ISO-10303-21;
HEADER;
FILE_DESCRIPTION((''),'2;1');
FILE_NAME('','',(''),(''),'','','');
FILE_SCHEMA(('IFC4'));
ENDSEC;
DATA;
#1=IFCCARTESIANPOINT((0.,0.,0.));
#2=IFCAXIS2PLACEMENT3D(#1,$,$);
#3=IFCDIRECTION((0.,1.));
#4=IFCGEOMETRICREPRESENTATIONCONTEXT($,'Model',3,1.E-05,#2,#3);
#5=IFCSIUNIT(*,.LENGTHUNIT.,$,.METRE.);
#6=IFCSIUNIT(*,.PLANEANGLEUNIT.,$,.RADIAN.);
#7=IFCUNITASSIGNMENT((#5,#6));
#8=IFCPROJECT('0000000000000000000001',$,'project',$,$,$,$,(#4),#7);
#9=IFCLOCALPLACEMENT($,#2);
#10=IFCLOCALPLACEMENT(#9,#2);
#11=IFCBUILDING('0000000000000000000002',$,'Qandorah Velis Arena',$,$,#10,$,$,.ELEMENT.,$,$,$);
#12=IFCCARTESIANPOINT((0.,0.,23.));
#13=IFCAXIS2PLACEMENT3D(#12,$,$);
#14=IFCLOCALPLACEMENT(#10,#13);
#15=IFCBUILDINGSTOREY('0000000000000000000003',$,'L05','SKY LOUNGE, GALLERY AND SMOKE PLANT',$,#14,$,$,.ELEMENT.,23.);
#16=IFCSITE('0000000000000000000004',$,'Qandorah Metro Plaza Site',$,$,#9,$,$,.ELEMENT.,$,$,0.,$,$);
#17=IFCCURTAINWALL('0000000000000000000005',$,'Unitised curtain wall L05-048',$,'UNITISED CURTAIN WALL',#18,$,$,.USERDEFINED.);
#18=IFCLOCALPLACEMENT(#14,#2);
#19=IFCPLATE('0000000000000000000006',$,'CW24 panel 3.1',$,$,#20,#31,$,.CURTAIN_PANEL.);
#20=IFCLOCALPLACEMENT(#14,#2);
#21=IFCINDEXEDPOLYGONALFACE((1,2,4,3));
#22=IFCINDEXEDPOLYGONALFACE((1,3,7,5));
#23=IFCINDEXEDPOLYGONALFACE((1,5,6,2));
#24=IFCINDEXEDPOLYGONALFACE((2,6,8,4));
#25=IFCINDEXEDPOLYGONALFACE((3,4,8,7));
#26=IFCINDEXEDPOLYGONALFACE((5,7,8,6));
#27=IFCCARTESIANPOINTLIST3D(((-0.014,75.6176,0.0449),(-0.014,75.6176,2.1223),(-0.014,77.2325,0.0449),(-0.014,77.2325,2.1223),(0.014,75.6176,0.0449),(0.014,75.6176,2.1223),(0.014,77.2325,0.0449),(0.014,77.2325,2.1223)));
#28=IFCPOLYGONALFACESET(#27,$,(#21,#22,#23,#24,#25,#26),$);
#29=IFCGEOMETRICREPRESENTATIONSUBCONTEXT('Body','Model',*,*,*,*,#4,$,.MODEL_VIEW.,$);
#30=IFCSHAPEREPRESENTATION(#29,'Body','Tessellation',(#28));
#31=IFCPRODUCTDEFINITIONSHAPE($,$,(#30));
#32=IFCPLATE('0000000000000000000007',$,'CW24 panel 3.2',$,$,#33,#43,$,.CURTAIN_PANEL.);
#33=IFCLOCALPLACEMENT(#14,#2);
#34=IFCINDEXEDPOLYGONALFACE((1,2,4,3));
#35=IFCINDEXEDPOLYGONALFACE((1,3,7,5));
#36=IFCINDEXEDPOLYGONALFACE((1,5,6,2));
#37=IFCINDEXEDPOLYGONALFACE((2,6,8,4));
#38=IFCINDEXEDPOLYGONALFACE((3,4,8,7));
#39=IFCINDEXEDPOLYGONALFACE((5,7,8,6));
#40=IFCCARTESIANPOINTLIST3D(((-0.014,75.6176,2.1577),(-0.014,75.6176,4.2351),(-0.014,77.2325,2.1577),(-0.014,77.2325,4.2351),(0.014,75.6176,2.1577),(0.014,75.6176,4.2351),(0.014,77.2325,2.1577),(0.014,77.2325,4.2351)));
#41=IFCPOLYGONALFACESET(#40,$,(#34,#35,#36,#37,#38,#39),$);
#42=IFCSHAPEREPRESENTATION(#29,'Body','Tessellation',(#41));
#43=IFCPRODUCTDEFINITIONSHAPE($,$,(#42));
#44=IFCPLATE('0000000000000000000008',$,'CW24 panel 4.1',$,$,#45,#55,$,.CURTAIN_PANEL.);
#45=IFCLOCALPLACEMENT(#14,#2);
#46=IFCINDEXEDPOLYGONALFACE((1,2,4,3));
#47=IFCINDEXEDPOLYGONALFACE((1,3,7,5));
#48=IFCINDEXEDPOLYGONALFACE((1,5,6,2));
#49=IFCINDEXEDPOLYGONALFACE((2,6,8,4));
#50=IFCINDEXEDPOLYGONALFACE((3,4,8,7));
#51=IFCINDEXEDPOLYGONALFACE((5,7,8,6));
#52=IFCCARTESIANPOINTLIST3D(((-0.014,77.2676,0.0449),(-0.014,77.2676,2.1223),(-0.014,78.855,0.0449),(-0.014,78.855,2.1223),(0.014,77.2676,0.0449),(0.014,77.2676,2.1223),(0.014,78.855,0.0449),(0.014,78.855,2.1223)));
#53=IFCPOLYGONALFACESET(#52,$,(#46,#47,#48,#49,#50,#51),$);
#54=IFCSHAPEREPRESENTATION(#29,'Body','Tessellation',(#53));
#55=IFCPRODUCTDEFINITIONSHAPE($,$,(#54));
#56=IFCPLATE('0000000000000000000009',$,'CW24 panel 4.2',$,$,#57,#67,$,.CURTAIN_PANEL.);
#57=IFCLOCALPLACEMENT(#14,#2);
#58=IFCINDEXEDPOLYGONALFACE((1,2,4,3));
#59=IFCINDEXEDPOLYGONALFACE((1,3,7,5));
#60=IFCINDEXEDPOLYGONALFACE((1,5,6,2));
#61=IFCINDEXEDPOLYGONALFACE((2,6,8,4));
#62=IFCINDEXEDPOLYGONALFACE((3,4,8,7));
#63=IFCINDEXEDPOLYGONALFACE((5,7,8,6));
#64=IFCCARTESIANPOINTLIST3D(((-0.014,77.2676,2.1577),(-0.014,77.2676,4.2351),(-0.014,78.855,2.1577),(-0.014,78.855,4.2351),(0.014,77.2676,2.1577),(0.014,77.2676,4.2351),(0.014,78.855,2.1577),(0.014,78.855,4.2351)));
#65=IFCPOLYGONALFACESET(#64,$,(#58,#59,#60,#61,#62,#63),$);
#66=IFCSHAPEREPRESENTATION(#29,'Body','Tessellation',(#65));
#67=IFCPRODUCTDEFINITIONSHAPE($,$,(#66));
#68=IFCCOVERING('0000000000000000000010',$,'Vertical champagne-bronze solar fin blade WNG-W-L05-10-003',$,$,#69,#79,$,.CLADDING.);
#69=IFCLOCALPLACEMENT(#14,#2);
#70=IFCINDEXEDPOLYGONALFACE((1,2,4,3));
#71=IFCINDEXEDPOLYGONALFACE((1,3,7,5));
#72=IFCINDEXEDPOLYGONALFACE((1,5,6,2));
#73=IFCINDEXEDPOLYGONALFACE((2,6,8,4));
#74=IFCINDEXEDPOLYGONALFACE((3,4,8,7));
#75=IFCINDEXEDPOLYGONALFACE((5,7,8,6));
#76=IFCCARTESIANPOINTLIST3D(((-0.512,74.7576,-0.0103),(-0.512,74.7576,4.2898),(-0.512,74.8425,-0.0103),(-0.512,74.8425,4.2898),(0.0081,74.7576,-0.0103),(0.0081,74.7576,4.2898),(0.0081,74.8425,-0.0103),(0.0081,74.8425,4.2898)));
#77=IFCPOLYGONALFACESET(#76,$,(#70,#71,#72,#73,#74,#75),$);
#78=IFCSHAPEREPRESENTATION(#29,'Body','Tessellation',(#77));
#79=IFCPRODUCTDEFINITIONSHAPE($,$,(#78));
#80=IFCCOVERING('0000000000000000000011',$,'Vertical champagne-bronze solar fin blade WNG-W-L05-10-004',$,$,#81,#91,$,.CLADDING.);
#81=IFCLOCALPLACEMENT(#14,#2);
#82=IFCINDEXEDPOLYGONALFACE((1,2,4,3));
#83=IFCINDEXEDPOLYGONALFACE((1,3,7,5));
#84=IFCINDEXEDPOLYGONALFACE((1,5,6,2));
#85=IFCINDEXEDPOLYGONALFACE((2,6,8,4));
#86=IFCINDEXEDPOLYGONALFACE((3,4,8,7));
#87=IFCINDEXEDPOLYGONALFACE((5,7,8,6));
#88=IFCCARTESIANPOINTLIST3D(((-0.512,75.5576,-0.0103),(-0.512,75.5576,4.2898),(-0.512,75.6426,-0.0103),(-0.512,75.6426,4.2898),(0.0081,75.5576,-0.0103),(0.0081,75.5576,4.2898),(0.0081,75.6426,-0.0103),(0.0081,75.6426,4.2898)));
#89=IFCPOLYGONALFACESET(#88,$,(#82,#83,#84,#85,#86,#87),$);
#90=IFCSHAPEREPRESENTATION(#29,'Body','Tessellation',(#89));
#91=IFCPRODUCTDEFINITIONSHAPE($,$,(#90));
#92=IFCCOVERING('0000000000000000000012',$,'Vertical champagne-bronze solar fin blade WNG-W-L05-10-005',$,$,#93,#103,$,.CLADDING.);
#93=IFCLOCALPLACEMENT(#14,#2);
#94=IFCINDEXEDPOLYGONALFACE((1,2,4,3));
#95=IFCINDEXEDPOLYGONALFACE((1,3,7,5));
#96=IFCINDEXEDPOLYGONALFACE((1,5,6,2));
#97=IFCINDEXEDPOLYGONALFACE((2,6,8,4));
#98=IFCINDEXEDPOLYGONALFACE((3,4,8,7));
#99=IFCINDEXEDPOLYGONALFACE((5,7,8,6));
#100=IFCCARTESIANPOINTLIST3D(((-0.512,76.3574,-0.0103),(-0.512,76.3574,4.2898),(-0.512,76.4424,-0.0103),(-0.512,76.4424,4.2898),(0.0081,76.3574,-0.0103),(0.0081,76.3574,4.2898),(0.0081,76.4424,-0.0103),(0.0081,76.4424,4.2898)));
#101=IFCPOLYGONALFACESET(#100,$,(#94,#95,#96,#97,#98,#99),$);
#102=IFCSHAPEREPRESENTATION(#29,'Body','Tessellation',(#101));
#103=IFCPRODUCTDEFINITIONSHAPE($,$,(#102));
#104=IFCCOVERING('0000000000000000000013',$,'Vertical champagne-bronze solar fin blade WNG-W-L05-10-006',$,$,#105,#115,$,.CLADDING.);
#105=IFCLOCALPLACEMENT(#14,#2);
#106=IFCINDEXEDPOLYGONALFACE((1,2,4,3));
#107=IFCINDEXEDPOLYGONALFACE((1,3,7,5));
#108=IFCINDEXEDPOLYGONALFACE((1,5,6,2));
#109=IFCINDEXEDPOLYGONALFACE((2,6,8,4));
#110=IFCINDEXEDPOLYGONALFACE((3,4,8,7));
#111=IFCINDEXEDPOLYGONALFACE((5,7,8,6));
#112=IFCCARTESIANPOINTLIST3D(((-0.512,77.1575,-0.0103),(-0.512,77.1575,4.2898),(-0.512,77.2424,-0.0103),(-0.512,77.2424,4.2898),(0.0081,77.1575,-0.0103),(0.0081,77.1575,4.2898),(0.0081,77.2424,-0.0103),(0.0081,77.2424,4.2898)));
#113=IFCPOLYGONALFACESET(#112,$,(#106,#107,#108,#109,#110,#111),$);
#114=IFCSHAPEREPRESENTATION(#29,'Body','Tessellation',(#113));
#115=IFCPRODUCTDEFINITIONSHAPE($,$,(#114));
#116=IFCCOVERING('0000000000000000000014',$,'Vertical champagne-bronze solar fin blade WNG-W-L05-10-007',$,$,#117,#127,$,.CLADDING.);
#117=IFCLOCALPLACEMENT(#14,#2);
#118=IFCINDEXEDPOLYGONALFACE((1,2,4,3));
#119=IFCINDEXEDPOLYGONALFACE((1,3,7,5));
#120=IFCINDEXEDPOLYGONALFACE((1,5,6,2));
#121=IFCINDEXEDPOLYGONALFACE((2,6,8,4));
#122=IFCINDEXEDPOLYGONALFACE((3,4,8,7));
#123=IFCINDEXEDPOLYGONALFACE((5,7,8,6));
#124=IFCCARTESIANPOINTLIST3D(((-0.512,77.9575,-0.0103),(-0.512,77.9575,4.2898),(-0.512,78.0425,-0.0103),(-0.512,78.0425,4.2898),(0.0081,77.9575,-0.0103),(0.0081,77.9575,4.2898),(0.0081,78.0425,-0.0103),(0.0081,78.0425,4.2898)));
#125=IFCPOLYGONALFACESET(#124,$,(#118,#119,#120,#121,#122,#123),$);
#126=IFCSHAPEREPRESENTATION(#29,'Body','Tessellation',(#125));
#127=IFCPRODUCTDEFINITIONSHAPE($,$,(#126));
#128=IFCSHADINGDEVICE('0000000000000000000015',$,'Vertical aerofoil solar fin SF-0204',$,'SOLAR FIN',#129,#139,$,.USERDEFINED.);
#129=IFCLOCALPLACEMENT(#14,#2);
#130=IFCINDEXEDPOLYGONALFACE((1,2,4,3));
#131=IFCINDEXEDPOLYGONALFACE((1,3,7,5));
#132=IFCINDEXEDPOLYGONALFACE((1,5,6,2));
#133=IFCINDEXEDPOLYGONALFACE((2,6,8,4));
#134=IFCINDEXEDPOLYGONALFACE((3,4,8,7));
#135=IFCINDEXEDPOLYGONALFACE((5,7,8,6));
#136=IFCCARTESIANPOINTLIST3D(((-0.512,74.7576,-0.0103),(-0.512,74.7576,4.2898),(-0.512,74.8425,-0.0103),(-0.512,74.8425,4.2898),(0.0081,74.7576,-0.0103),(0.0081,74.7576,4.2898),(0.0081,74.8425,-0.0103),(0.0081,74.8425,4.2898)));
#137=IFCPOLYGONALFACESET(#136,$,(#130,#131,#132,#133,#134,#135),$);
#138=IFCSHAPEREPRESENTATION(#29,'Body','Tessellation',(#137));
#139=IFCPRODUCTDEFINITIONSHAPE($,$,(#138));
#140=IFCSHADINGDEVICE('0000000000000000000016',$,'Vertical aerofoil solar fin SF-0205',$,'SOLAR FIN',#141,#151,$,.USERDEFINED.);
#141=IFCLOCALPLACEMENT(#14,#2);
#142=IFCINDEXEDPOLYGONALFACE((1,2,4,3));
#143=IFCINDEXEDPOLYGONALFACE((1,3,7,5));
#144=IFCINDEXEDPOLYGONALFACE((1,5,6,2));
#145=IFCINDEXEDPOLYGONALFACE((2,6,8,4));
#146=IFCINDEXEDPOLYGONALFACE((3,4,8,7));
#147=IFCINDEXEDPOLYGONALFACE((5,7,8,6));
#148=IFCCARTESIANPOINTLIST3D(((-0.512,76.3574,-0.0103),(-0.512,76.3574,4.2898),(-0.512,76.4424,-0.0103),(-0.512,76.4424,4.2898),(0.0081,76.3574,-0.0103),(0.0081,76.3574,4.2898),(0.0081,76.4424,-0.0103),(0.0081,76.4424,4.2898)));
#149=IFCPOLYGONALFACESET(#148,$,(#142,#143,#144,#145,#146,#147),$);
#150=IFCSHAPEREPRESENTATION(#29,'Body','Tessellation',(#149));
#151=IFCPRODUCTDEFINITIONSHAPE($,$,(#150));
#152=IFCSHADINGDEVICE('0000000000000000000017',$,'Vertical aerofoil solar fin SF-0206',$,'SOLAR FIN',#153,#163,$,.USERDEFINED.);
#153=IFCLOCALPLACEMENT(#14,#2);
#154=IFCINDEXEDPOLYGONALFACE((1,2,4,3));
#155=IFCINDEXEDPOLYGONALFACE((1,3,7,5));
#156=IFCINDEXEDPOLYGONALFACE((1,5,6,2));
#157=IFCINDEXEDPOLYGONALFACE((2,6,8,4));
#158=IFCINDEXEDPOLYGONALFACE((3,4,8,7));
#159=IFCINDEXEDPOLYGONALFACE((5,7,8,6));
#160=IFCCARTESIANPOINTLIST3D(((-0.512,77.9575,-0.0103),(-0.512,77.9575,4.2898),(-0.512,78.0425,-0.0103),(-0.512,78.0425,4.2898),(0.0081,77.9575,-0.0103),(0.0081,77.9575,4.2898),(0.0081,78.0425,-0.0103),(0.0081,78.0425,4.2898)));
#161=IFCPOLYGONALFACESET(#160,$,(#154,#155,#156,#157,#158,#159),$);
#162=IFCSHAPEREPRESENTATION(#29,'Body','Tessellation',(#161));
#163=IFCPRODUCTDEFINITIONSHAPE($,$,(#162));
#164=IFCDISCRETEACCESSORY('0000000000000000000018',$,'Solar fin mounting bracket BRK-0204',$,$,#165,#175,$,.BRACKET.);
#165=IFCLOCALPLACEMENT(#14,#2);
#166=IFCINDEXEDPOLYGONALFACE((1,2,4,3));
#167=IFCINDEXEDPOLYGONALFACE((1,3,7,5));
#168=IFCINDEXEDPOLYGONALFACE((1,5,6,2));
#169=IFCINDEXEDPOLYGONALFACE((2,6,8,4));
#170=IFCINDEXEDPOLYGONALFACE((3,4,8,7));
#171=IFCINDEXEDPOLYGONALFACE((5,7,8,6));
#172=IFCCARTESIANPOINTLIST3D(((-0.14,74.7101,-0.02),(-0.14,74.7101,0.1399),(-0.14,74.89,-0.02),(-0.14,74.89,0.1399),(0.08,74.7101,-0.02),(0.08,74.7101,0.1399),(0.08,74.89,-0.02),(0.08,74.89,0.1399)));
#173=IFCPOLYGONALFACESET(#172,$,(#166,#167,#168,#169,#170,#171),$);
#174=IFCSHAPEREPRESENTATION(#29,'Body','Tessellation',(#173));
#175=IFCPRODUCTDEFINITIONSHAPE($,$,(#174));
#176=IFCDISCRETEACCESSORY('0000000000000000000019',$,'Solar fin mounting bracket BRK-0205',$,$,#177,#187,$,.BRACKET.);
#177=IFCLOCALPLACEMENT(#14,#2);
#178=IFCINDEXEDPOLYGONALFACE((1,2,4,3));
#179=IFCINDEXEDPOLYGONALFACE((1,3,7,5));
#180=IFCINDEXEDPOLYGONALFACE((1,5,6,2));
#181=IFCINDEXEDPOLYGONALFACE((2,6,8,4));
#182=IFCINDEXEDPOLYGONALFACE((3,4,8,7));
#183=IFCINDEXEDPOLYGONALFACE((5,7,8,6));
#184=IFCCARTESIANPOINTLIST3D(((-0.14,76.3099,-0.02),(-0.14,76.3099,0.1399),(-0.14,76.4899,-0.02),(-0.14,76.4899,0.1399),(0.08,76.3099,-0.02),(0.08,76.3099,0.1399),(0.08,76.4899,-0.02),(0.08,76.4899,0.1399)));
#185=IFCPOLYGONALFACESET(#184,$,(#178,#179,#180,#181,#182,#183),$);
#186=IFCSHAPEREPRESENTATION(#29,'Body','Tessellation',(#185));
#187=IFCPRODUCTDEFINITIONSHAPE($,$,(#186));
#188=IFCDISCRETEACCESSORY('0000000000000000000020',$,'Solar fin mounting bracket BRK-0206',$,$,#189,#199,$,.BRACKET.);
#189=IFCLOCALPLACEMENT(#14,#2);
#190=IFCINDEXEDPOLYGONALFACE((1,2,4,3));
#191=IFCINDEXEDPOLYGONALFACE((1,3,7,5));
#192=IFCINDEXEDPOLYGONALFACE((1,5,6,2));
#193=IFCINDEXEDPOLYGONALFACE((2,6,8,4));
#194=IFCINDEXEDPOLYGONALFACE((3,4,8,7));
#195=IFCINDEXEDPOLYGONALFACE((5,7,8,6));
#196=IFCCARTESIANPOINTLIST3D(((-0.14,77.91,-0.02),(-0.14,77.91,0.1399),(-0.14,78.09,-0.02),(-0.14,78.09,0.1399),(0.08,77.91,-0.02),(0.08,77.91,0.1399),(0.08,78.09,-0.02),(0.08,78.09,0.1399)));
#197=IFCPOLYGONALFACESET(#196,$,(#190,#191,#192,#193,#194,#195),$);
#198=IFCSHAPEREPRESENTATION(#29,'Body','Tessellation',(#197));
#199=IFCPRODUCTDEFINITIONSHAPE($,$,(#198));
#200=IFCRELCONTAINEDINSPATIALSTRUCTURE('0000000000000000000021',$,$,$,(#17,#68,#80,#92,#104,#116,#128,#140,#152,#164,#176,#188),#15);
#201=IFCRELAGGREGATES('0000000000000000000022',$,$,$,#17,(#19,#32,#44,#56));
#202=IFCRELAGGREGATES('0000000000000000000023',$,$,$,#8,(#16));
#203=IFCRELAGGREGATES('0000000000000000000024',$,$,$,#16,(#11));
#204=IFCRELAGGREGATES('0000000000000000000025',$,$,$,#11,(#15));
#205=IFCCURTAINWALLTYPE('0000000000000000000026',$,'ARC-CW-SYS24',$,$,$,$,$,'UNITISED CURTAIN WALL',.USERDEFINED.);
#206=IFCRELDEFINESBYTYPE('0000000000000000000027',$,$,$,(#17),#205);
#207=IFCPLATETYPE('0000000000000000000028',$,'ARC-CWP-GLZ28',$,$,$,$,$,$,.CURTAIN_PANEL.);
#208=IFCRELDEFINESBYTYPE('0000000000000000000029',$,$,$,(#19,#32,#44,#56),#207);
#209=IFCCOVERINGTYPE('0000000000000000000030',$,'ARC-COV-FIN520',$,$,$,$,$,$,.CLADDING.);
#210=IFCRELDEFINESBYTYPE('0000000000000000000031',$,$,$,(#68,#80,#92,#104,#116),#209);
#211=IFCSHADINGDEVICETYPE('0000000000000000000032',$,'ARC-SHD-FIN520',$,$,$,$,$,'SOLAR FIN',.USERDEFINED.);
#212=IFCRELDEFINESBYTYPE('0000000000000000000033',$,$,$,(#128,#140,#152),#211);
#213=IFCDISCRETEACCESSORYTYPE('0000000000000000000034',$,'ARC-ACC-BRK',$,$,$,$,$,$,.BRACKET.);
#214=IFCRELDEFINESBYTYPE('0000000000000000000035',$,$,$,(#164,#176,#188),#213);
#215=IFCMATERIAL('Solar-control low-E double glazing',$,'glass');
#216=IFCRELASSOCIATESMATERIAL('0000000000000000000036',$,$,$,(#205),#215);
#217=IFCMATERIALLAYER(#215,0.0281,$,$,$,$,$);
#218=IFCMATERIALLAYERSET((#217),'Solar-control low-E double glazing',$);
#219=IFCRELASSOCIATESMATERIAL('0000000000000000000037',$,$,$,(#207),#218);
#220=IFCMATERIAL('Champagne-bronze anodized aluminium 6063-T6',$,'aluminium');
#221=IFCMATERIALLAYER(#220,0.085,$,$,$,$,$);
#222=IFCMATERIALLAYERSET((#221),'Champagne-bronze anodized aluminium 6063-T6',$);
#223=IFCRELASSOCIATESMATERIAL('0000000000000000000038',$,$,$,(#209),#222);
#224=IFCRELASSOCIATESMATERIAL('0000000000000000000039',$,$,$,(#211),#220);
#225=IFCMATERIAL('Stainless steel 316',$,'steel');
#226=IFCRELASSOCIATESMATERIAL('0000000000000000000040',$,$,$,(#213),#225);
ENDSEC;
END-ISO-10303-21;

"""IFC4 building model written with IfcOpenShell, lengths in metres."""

from ifc_helpers import new_model, si_unit, direction, frame, origin, origin_2d, place, context, subcontext, project, spatial, rectangle, extrude, material, layer, layer_set, type_object, element, aggregate, save


model = new_model("IFC4")

# Units and contexts
model_context = context("Model", 3, precision=1e-05, world=origin(), true_north=direction((0.0, 1.0)))
body_context = subcontext(model_context, "Body", "Model", "MODEL_VIEW")
ifc_project = project(units=[si_unit("LENGTHUNIT", "METRE"), si_unit("PLANEANGLEUNIT", "RADIAN")], contexts=[model_context])

# Site, building, storey
site_placement = place(None, origin())
site = spatial("IfcSite", under=ifc_project, at=site_placement, Name="Qandorah Metro Plaza Site", CompositionType="ELEMENT", RefElevation=0.0)
building_placement = place(site_placement, origin())
building = spatial("IfcBuilding", under=site, at=building_placement, Name="Qandorah Velis Arena", CompositionType="ELEMENT")
storey_placement = place(building_placement, frame((0.0, 0.0, 23.0)))
storey = spatial("IfcBuildingStorey", under=building, at=storey_placement, Name="L05", Description="SKY LOUNGE, GALLERY AND SMOKE PLANT", CompositionType="ELEMENT", Elevation=23.0)

# Curtain wall, plates
ifc_material_1 = material(Name="Solar-control low-E double glazing", Category="glass")
curtain_wall_type = type_object("IfcCurtainWallType", Name="ARC-CW-SYS24", ElementType="UNITISED CURTAIN WALL", PredefinedType="USERDEFINED", material=ifc_material_1)
curtain_wall_placement = place(storey_placement, origin())
curtain_wall = element("IfcCurtainWall", 1, at=curtain_wall_placement, inside=storey, type_object=curtain_wall_type, Name="Unitised curtain wall L05-048", ObjectType="UNITISED CURTAIN WALL", PredefinedType="USERDEFINED")
ifc_material_2 = material(Name="Champagne-bronze anodized aluminium 6063-T6", Category="aluminium")
ifc_layer_1 = layer(ifc_material_1, 0.0281)
ifc_layer_set_1 = layer_set([ifc_layer_1], Name="Solar-control low-E double glazing")
plate_type = type_object("IfcPlateType", Name="ARC-CWP-GLZ28", PredefinedType="CURTAIN_PANEL", material=ifc_layer_set_1)
plate_1_placement = place(storey_placement, frame((0.0, 76.425, 0.0449), z_axis=(0.0, 0.0, 1.0), x_axis=(0.0, 1.0, 0.0)))
plate_1 = element("IfcPlate", 2, at=plate_1_placement, type_object=plate_type, Name="CW24 panel 3.1", PredefinedType="CURTAIN_PANEL", context=body_context, shape_type="SweptSolid", body=[
    extrude(rectangle(XDim=1.615, YDim=0.0281, at=origin_2d()), origin(), (0.0, 0.0, 1.0), 2.0774),
])
plate_2_placement = place(storey_placement, frame((0.0, 76.425, 2.1577), z_axis=(0.0, 0.0, 1.0), x_axis=(0.0, 1.0, 0.0)))
plate_2 = element("IfcPlate", 3, at=plate_2_placement, type_object=plate_type, Name="CW24 panel 3.2", PredefinedType="CURTAIN_PANEL", context=body_context, shape_type="SweptSolid", body=[
    extrude(rectangle(XDim=1.615, YDim=0.0281, at=origin_2d()), origin(), (0.0, 0.0, 1.0), 2.0774),
])
plate_3_placement = place(storey_placement, frame((0.0, 78.0613, 0.0449), z_axis=(0.0, 0.0, 1.0), x_axis=(0.0, 1.0, 0.0)))
plate_3 = element("IfcPlate", 4, at=plate_3_placement, type_object=plate_type, Name="CW24 panel 4.1", PredefinedType="CURTAIN_PANEL", context=body_context, shape_type="SweptSolid", body=[
    extrude(rectangle(XDim=1.5874, YDim=0.0281, at=origin_2d()), origin(), (0.0, 0.0, 1.0), 2.0774),
])
plate_4_placement = place(storey_placement, frame((0.0, 78.0613, 2.1577), z_axis=(0.0, 0.0, 1.0), x_axis=(0.0, 1.0, 0.0)))
plate_4 = element("IfcPlate", 5, at=plate_4_placement, type_object=plate_type, Name="CW24 panel 4.2", PredefinedType="CURTAIN_PANEL", context=body_context, shape_type="SweptSolid", body=[
    extrude(rectangle(XDim=1.5874, YDim=0.0281, at=origin_2d()), origin(), (0.0, 0.0, 1.0), 2.0774),
])
aggregate(curtain_wall, [plate_1, plate_2, plate_3, plate_4])

# Coverings
ifc_layer_2 = layer(ifc_material_2, 0.085)
ifc_layer_set_2 = layer_set([ifc_layer_2], Name="Champagne-bronze anodized aluminium 6063-T6")
covering_type = type_object("IfcCoveringType", Name="ARC-COV-FIN520", PredefinedType="CLADDING", material=ifc_layer_set_2)
for number, where, z_axis, x_axis, name in (
    (6, (-0.252, 74.8, -0.0103), (0.0, 0.0, 1.0), (1.0, 0.0, 0.0), "Vertical champagne-bronze solar fin blade WNG-W-L05-10-003"),
    (7, (-0.252, 75.6001, -0.0103), (0.0, 0.0, 1.0), (1.0, 0.0, 0.0), "Vertical champagne-bronze solar fin blade WNG-W-L05-10-004"),
    (8, (-0.252, 76.3999, -0.0103), (0.0, 0.0, 1.0), (1.0, 0.0, 0.0), "Vertical champagne-bronze solar fin blade WNG-W-L05-10-005"),
    (9, (-0.252, 77.2, -0.0103), (0.0, 0.0, 1.0), (1.0, 0.0, 0.0), "Vertical champagne-bronze solar fin blade WNG-W-L05-10-006"),
    (10, (-0.252, 78.0, -0.0103), (0.0, 0.0, 1.0), (1.0, 0.0, 0.0), "Vertical champagne-bronze solar fin blade WNG-W-L05-10-007"),
):
    element("IfcCovering", number, at=place(storey_placement, frame(where, z_axis=z_axis, x_axis=x_axis)), inside=storey, type_object=covering_type, Name=name, PredefinedType="CLADDING", context=body_context, shape_type="SweptSolid", body=[
        extrude(rectangle(XDim=0.52, YDim=0.085, at=origin_2d()), origin(), (0.0, 0.0, 1.0), 4.3),
    ])

# Shading devices
shading_device_type = type_object("IfcShadingDeviceType", Name="ARC-SHD-FIN520", ElementType="SOLAR FIN", PredefinedType="USERDEFINED", material=ifc_material_2)
for number, where, z_axis, x_axis, name in (
    (11, (-0.252, 74.8, -0.0103), (0.0, 0.0, 1.0), (1.0, 0.0, 0.0), "Vertical aerofoil solar fin SF-0204"),
    (12, (-0.252, 76.3999, -0.0103), (0.0, 0.0, 1.0), (1.0, 0.0, 0.0), "Vertical aerofoil solar fin SF-0205"),
    (13, (-0.252, 78.0, -0.0103), (0.0, 0.0, 1.0), (1.0, 0.0, 0.0), "Vertical aerofoil solar fin SF-0206"),
):
    element("IfcShadingDevice", number, at=place(storey_placement, frame(where, z_axis=z_axis, x_axis=x_axis)), inside=storey, type_object=shading_device_type, Name=name, ObjectType="SOLAR FIN", PredefinedType="USERDEFINED", context=body_context, shape_type="SweptSolid", body=[
        extrude(rectangle(XDim=0.52, YDim=0.085, at=origin_2d()), origin(), (0.0, 0.0, 1.0), 4.3),
    ])

# Discrete accessories
ifc_material_3 = material(Name="Stainless steel 316", Category="steel")
discrete_accessory_type = type_object("IfcDiscreteAccessoryType", Name="ARC-ACC-BRK", PredefinedType="BRACKET", material=ifc_material_3)
for number, where, z_axis, x_axis, name in (
    (14, (-0.03, 74.8, -0.02), (0.0, 0.0, 1.0), (1.0, 0.0, 0.0), "Solar fin mounting bracket BRK-0204"),
    (15, (-0.03, 76.3999, -0.02), (0.0, 0.0, 1.0), (1.0, 0.0, 0.0), "Solar fin mounting bracket BRK-0205"),
    (16, (-0.03, 78.0, -0.02), (0.0, 0.0, 1.0), (1.0, 0.0, 0.0), "Solar fin mounting bracket BRK-0206"),
):
    element("IfcDiscreteAccessory", number, at=place(storey_placement, frame(where, z_axis=z_axis, x_axis=x_axis)), inside=storey, type_object=discrete_accessory_type, Name=name, PredefinedType="BRACKET", context=body_context, shape_type="SweptSolid", body=[
        extrude(rectangle(XDim=0.22, YDim=0.1799, at=origin_2d()), origin(), (0.0, 0.0, 1.0), 0.1599),
    ])

save(model, "model.ifc")
